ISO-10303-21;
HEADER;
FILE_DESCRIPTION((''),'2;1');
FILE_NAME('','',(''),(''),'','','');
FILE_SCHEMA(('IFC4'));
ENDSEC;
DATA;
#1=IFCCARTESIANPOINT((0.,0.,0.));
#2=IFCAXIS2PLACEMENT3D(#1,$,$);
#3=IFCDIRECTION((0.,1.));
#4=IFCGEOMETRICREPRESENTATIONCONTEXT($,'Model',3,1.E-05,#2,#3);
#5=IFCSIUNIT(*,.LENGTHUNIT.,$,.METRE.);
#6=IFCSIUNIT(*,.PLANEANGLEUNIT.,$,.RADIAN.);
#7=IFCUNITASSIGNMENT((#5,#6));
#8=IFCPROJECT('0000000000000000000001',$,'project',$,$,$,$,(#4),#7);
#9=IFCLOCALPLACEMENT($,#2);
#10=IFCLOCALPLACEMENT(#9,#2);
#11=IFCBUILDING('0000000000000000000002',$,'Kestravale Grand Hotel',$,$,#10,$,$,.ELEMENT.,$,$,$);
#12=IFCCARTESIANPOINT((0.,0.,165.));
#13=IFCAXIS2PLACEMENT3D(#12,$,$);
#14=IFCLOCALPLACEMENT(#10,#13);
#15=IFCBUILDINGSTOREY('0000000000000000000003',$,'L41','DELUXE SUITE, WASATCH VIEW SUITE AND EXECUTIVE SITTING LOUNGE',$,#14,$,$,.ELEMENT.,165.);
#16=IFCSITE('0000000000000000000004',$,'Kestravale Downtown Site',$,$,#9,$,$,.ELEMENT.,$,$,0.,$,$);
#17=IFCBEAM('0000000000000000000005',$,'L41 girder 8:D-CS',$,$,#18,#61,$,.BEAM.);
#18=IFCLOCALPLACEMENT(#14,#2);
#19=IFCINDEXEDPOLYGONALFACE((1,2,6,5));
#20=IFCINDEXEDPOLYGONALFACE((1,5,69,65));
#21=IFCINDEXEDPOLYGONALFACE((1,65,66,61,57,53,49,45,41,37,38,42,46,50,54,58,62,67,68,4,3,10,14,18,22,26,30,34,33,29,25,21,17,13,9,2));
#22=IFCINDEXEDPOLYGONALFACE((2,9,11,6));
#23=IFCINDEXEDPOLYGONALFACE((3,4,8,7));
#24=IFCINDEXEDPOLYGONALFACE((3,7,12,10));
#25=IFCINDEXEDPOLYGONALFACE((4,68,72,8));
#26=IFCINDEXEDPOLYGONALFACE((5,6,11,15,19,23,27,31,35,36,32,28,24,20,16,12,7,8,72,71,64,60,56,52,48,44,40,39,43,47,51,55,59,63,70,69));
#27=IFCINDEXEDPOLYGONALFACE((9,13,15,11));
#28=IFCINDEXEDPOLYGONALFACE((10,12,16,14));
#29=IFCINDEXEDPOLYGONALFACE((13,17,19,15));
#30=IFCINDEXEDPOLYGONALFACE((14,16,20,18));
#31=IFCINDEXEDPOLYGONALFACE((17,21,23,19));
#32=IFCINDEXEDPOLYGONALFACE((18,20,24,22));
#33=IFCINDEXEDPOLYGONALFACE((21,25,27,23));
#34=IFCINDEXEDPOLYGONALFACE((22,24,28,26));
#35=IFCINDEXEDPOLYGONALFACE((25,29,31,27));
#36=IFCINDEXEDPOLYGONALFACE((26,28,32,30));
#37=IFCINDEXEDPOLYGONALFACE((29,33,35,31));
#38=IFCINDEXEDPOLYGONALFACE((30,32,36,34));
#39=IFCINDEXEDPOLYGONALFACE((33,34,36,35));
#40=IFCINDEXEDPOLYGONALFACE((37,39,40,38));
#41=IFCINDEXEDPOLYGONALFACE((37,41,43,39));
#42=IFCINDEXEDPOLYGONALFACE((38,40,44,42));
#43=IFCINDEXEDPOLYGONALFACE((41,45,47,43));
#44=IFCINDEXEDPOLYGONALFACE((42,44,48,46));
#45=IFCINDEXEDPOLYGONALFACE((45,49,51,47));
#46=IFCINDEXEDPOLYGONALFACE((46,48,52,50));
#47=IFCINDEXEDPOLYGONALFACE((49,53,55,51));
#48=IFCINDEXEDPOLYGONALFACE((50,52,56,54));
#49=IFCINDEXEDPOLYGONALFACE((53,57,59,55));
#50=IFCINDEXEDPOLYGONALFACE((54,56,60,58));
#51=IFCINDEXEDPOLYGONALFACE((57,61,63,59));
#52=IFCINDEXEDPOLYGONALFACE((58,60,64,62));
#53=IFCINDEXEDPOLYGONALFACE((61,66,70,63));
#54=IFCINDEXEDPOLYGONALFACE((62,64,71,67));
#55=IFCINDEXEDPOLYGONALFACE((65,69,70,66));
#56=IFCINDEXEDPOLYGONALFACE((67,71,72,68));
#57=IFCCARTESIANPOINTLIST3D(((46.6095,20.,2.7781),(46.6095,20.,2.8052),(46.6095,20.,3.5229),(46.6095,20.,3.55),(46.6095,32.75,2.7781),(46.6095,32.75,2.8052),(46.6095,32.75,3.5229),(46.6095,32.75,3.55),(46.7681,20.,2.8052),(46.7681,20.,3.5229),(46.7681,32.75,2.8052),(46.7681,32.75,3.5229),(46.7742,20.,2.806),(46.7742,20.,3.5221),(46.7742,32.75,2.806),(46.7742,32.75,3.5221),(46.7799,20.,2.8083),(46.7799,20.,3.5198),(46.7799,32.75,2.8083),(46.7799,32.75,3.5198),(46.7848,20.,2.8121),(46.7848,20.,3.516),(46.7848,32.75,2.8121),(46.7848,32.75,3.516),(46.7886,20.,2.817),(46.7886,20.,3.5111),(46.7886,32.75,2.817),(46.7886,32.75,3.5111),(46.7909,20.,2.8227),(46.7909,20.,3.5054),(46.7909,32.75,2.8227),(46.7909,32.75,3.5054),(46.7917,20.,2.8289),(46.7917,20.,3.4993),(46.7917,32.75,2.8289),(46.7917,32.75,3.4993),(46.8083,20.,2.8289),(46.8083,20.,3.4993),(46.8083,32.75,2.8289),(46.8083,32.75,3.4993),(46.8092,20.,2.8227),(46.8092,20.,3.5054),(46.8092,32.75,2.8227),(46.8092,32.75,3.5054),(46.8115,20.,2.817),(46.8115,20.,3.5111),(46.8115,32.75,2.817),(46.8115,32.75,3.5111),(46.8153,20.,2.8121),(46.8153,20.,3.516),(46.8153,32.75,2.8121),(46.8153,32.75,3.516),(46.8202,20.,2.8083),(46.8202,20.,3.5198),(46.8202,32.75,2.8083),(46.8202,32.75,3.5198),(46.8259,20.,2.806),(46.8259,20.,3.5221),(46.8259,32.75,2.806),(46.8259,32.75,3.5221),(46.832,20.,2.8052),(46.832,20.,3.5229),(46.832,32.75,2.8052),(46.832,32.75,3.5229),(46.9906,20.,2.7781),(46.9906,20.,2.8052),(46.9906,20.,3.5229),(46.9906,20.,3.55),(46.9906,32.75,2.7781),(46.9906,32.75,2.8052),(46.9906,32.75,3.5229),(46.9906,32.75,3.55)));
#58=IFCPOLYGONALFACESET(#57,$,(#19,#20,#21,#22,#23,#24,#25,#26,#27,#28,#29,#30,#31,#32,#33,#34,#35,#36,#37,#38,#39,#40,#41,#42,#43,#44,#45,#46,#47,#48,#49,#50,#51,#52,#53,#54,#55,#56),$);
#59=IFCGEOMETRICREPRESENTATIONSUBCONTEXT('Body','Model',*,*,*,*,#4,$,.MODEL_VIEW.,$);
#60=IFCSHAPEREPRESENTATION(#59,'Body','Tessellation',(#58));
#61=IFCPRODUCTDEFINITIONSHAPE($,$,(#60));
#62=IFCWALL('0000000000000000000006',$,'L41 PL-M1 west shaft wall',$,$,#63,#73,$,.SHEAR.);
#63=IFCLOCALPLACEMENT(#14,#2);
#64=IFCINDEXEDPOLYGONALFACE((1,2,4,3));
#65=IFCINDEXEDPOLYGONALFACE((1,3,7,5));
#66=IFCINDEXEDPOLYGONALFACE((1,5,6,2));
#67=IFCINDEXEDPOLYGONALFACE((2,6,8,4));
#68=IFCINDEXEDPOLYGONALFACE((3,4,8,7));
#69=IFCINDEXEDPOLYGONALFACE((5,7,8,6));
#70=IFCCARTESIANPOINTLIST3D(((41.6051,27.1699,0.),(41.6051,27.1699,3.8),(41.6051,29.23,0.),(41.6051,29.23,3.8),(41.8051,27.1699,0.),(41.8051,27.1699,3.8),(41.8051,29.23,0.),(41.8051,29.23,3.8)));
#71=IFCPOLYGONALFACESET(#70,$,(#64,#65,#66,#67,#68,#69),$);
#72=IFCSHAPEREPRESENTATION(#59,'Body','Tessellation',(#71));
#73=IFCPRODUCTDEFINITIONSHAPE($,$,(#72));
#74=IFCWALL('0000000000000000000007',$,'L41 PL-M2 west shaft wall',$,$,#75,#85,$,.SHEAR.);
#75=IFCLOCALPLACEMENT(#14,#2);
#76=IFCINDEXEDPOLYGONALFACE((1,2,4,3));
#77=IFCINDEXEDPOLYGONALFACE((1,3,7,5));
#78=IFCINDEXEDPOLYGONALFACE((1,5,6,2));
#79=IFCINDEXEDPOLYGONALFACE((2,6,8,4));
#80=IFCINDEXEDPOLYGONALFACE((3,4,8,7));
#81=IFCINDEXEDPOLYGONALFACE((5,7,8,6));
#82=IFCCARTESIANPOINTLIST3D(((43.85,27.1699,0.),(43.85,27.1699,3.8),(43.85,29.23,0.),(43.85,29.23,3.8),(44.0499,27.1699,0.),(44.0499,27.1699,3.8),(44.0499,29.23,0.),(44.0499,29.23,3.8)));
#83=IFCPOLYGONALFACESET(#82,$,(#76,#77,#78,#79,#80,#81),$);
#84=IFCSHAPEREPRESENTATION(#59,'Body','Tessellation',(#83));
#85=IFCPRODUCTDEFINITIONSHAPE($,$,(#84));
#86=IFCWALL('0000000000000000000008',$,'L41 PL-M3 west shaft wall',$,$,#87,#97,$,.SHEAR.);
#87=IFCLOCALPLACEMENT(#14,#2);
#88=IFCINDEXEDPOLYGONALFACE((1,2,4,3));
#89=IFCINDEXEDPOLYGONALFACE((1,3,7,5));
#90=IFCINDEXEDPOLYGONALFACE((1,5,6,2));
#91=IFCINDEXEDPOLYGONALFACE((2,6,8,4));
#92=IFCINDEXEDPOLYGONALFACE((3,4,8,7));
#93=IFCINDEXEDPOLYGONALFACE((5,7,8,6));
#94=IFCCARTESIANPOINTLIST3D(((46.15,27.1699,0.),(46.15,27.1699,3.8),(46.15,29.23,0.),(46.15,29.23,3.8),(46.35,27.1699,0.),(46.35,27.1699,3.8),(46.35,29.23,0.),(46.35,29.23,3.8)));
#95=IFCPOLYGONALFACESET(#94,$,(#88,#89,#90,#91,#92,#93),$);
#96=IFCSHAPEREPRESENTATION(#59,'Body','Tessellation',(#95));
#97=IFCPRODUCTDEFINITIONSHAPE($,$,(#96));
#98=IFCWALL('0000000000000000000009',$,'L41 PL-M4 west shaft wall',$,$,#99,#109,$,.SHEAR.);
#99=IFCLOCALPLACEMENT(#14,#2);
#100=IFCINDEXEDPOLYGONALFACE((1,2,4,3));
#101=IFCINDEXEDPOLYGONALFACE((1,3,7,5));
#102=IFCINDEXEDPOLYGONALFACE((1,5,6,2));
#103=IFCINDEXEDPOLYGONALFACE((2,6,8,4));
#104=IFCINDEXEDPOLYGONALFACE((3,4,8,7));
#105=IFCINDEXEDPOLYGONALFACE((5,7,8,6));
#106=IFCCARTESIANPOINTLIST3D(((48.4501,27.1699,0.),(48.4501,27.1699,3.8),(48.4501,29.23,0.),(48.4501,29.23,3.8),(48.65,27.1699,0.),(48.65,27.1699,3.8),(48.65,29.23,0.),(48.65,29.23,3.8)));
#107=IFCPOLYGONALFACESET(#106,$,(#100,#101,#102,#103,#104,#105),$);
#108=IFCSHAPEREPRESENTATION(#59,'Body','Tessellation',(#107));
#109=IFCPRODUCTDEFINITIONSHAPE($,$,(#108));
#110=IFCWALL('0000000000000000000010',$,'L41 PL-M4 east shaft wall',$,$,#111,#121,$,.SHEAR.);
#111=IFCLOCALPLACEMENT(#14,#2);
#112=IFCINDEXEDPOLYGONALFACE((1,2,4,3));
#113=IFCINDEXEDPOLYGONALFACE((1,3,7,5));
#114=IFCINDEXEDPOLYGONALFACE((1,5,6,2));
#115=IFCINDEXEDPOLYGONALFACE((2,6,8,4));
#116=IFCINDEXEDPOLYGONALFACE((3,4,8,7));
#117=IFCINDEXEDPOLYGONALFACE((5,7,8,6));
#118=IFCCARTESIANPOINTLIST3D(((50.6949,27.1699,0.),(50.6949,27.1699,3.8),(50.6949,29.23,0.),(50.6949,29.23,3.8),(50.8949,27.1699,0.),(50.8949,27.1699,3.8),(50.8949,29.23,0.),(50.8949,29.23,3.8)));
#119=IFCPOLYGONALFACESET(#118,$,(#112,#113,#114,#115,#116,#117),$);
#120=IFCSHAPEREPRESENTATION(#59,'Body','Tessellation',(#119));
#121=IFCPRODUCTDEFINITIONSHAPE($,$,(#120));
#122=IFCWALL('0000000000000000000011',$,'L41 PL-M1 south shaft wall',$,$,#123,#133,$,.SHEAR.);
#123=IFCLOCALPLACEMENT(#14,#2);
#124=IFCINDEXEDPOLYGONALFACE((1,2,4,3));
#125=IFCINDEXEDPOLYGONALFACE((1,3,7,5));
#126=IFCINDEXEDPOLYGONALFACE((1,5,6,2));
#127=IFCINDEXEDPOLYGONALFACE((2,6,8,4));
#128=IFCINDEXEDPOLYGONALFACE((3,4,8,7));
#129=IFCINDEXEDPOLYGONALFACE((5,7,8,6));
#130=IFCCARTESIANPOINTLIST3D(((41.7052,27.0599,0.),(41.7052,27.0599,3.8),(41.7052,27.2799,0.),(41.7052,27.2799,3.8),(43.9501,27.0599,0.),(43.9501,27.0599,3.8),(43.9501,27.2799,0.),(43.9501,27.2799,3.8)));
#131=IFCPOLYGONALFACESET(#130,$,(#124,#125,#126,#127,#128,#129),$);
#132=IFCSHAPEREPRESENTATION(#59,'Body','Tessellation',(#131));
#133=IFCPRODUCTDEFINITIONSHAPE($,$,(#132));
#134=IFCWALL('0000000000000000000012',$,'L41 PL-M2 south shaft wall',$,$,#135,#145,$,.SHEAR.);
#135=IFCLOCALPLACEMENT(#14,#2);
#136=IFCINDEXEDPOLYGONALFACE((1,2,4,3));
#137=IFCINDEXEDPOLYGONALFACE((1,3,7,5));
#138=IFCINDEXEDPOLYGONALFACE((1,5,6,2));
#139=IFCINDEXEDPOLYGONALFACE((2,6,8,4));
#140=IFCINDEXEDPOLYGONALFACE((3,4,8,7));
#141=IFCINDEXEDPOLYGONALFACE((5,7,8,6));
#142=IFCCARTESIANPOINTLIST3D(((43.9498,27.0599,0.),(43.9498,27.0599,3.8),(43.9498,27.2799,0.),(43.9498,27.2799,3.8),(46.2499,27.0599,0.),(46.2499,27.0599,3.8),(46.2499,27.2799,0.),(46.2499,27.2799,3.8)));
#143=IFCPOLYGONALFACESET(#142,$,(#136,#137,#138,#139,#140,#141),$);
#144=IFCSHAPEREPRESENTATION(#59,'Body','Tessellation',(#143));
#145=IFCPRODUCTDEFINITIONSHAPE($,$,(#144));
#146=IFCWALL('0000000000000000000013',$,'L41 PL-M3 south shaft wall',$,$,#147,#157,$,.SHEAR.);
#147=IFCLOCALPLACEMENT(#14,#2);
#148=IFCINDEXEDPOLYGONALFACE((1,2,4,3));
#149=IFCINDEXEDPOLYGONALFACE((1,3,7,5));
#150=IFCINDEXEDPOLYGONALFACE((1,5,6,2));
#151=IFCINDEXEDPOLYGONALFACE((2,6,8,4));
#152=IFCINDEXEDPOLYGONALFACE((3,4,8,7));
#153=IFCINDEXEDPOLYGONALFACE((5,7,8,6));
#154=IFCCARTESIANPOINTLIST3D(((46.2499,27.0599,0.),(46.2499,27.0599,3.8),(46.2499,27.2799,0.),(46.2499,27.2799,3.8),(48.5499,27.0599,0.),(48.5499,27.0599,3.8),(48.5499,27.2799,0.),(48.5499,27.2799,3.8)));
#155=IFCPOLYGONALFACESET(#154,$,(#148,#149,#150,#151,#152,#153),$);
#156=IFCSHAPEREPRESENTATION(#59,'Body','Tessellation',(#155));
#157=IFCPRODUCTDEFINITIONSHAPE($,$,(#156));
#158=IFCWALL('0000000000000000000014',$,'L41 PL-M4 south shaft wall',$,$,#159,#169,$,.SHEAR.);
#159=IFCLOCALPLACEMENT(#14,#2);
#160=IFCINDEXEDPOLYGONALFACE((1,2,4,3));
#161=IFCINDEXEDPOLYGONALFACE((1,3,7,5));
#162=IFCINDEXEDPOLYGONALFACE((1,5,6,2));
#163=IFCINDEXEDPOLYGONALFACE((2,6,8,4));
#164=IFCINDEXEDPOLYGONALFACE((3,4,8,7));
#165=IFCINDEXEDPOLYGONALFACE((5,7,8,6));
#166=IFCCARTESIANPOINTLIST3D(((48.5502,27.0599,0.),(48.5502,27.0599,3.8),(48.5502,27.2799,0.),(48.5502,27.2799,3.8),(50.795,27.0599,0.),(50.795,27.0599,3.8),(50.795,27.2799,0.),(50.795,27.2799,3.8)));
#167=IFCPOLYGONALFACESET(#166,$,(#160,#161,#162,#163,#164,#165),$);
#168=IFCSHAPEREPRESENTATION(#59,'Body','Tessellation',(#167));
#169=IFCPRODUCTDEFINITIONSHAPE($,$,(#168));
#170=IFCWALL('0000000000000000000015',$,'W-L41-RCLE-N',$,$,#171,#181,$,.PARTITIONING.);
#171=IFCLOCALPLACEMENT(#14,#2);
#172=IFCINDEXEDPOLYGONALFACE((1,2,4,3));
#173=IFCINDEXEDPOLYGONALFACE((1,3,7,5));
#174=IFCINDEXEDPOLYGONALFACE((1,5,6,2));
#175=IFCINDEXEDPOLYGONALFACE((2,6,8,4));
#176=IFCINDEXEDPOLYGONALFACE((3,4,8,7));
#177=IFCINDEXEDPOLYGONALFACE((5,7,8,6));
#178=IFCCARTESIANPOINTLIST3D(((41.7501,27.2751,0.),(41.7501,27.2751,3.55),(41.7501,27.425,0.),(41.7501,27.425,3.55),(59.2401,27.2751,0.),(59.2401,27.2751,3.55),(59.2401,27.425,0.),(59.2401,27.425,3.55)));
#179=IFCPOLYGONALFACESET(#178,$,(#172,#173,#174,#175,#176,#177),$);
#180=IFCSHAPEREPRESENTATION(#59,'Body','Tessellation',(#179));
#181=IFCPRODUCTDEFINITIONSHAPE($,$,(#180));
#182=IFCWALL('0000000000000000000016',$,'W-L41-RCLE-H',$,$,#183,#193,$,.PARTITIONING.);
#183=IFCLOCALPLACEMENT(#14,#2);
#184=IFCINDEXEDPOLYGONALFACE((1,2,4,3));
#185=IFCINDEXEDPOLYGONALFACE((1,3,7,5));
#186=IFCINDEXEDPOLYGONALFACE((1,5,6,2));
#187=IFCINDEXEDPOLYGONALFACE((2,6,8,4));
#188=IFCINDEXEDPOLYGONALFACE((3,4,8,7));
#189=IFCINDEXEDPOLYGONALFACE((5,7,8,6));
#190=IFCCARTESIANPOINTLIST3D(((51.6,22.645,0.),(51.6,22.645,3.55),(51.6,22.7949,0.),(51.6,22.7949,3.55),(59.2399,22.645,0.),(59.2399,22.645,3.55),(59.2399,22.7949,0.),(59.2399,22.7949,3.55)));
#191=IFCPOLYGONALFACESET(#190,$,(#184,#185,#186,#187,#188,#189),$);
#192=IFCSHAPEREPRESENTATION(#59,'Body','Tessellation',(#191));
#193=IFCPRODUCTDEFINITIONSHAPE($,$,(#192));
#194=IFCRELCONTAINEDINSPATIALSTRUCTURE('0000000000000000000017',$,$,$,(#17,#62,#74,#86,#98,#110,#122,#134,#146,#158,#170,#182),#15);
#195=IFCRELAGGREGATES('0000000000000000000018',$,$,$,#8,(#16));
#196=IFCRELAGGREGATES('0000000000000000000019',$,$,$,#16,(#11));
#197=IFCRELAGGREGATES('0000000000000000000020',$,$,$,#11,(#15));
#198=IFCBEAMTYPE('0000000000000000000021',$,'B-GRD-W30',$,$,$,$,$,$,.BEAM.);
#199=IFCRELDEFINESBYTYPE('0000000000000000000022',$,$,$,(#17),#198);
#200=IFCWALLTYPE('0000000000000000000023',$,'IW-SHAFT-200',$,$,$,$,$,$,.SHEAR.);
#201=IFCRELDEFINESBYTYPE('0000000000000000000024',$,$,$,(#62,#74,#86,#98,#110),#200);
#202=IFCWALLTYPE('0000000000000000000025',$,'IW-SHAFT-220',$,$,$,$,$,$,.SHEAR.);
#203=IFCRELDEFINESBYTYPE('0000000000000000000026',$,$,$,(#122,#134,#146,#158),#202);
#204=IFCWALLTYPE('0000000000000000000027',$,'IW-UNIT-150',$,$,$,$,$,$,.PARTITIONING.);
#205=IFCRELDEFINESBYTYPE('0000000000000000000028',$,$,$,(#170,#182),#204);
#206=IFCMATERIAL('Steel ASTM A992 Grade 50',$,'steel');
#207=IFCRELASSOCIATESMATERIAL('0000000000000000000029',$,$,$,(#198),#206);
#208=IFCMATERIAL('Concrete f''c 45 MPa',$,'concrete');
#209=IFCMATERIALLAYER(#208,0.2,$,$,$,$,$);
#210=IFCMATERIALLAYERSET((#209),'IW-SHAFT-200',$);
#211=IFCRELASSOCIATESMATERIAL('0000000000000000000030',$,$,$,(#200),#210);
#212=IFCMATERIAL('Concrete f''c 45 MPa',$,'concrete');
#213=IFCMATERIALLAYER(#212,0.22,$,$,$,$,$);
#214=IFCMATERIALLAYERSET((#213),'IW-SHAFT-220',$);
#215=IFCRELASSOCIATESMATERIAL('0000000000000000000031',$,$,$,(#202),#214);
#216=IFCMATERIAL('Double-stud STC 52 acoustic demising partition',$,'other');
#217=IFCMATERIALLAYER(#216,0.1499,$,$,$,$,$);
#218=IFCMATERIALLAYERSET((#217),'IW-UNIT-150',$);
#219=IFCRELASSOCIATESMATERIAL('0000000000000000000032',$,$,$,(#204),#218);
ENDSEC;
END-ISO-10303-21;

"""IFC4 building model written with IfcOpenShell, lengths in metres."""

from ifc_helpers import new_model, si_unit, direction, frame, frame_2d, origin, origin_2d, place, context, subcontext, project, spatial, rectangle, i_section, extrude, material, layer, layer_set, material_profile, profile_set, type_object, element, save


model = new_model("IFC4")

# Units and contexts
model_context = context("Model", 3, precision=1e-05, world=origin(), true_north=direction((0.0, 1.0)))
body_context = subcontext(model_context, "Body", "Model", "MODEL_VIEW")
ifc_project = project(units=[si_unit("LENGTHUNIT", "METRE"), si_unit("PLANEANGLEUNIT", "RADIAN")], contexts=[model_context])

# Site, building, storey
site_placement = place(None, origin())
site = spatial("IfcSite", under=ifc_project, at=site_placement, Name="Kestravale Downtown Site", CompositionType="ELEMENT", RefElevation=0.0)
building_placement = place(site_placement, origin())
building = spatial("IfcBuilding", under=site, at=building_placement, Name="Kestravale Grand Hotel", CompositionType="ELEMENT")
storey_placement = place(building_placement, frame((0.0, 0.0, 165.0)))
storey = spatial("IfcBuildingStorey", under=building, at=storey_placement, Name="L41", Description="DELUXE SUITE, WASATCH VIEW SUITE AND EXECUTIVE SITTING LOUNGE", CompositionType="ELEMENT", Elevation=165.0)

# Beam
ifc_material_1 = material(Name="Steel ASTM A992 Grade 50", Category="steel")
ifc_material_profile_1 = material_profile(ifc_material_1, i_section(OverallWidth=0.3811, OverallDepth=0.772, WebThickness=0.0166, FlangeThickness=0.0271, FilletRadius=0.0237, at=origin_2d()))
ifc_profile_set_1 = profile_set([ifc_material_profile_1], Name="Steel ASTM A992 Grade 50")
beam_type = type_object("IfcBeamType", Name="B-GRD-W30", PredefinedType="BEAM", material=ifc_profile_set_1)
beam_1_placement = place(storey_placement, frame((46.8, 20.0, 3.1641), z_axis=(0.0, 1.0, 0.0), x_axis=(-1.0, 0.0, 0.0)))
element("IfcBeam", 1, at=beam_1_placement, inside=storey, type_object=beam_type, Name="L41 girder 8:D-CS", PredefinedType="BEAM", context=body_context, shape_type="SweptSolid", body=[
    extrude(i_section(OverallWidth=0.3811, OverallDepth=0.772, WebThickness=0.0166, FlangeThickness=0.0271, FilletRadius=0.0237, at=origin_2d()), origin(), (0.0, 0.0, 1.0), 12.75),
])

# Walls
ifc_material_2 = material(Name="Concrete f'c 45 MPa", Category="concrete")
ifc_layer_1 = layer(ifc_material_2, 0.2)
ifc_layer_set_1 = layer_set([ifc_layer_1], Name="IW-SHAFT-200")
wall_type_1 = type_object("IfcWallType", Name="IW-SHAFT-200", PredefinedType="SHEAR", material=ifc_layer_set_1)
for number, where, z_axis, x_axis, name in (
    (2, (41.7051, 27.1699, 0.0), (0.0, 0.0, 1.0), (0.0, 1.0, 0.0), "L41 PL-M1 west shaft wall"),
    (3, (43.95, 27.1699, 0.0), (0.0, 0.0, 1.0), (0.0, 1.0, 0.0), "L41 PL-M2 west shaft wall"),
    (4, (46.25, 27.1699, 0.0), (0.0, 0.0, 1.0), (0.0, 1.0, 0.0), "L41 PL-M3 west shaft wall"),
    (5, (48.55, 27.1699, 0.0), (0.0, 0.0, 1.0), (0.0, 1.0, 0.0), "L41 PL-M4 west shaft wall"),
    (6, (50.7949, 27.1699, 0.0), (0.0, 0.0, 1.0), (0.0, 1.0, 0.0), "L41 PL-M4 east shaft wall"),
):
    element("IfcWall", number, at=place(storey_placement, frame(where, z_axis=z_axis, x_axis=x_axis)), inside=storey, type_object=wall_type_1, Name=name, PredefinedType="SHEAR", context=body_context, shape_type="SweptSolid", body=[
        extrude(rectangle(XDim=2.0601, YDim=0.2, at=frame_2d((1.03, 0.0))), origin(), (0.0, 0.0, 1.0), 3.8),
    ])

# Shared definitions
ifc_material_3 = material(Name="Concrete f'c 45 MPa", Category="concrete")
ifc_layer_2 = layer(ifc_material_3, 0.22)
ifc_layer_set_2 = layer_set([ifc_layer_2], Name="IW-SHAFT-220")
wall_type_2 = type_object("IfcWallType", Name="IW-SHAFT-220", PredefinedType="SHEAR", material=ifc_layer_set_2)

# Wall
wall_1_placement = place(storey_placement, frame((41.7051, 27.1699, 0.0), z_axis=(0.0, 0.0, 1.0), x_axis=(1.0, 0.0, 0.0)))
element("IfcWall", 7, at=wall_1_placement, inside=storey, type_object=wall_type_2, Name="L41 PL-M1 south shaft wall", PredefinedType="SHEAR", context=body_context, shape_type="SweptSolid", body=[
    extrude(rectangle(XDim=2.2449, YDim=0.22, at=frame_2d((1.1226, 0.0))), origin(), (0.0, 0.0, 1.0), 3.8),
])

# Walls
for number, where, z_axis, x_axis, name in (
    (8, (43.95, 27.1699, 0.0), (0.0, 0.0, 1.0), (1.0, 0.0, 0.0), "L41 PL-M2 south shaft wall"),
    (9, (46.25, 27.1699, 0.0), (0.0, 0.0, 1.0), (1.0, 0.0, 0.0), "L41 PL-M3 south shaft wall"),
):
    element("IfcWall", number, at=place(storey_placement, frame(where, z_axis=z_axis, x_axis=x_axis)), inside=storey, type_object=wall_type_2, Name=name, PredefinedType="SHEAR", context=body_context, shape_type="SweptSolid", body=[
        extrude(rectangle(XDim=2.3, YDim=0.22, at=frame_2d((1.1499, 0.0))), origin(), (0.0, 0.0, 1.0), 3.8),
    ])
wall_2_placement = place(storey_placement, frame((48.55, 27.1699, 0.0), z_axis=(0.0, 0.0, 1.0), x_axis=(1.0, 0.0, 0.0)))
element("IfcWall", 10, at=wall_2_placement, inside=storey, type_object=wall_type_2, Name="L41 PL-M4 south shaft wall", PredefinedType="SHEAR", context=body_context, shape_type="SweptSolid", body=[
    extrude(rectangle(XDim=2.2449, YDim=0.22, at=frame_2d((1.1226, 0.0))), origin(), (0.0, 0.0, 1.0), 3.8),
])
ifc_material_4 = material(Name="Double-stud STC 52 acoustic demising partition", Category="other")
ifc_layer_3 = layer(ifc_material_4, 0.1499)
ifc_layer_set_3 = layer_set([ifc_layer_3], Name="IW-UNIT-150")
wall_type_3 = type_object("IfcWallType", Name="IW-UNIT-150", PredefinedType="PARTITIONING", material=ifc_layer_set_3)
wall_3_placement = place(storey_placement, frame((41.75, 27.3501, 0.0), z_axis=(0.0, 0.0, 1.0), x_axis=(1.0, 0.0, 0.0)))
element("IfcWall", 11, at=wall_3_placement, inside=storey, type_object=wall_type_3, Name="W-L41-RCLE-N", PredefinedType="PARTITIONING", context=body_context, shape_type="SweptSolid", body=[
    extrude(rectangle(XDim=17.49, YDim=0.1499, at=frame_2d((8.7451, 0.0))), origin(), (0.0, 0.0, 1.0), 3.55),
])
wall_4_placement = place(storey_placement, frame((51.6001, 22.72, 0.0), z_axis=(0.0, 0.0, 1.0), x_axis=(1.0, 0.0, 0.0)))
element("IfcWall", 12, at=wall_4_placement, inside=storey, type_object=wall_type_3, Name="W-L41-RCLE-H", PredefinedType="PARTITIONING", context=body_context, shape_type="SweptSolid", body=[
    extrude(rectangle(XDim=7.6399, YDim=0.1499, at=frame_2d((3.8198, 0.0))), origin(), (0.0, 0.0, 1.0), 3.55),
])

save(model, "model.ifc")
